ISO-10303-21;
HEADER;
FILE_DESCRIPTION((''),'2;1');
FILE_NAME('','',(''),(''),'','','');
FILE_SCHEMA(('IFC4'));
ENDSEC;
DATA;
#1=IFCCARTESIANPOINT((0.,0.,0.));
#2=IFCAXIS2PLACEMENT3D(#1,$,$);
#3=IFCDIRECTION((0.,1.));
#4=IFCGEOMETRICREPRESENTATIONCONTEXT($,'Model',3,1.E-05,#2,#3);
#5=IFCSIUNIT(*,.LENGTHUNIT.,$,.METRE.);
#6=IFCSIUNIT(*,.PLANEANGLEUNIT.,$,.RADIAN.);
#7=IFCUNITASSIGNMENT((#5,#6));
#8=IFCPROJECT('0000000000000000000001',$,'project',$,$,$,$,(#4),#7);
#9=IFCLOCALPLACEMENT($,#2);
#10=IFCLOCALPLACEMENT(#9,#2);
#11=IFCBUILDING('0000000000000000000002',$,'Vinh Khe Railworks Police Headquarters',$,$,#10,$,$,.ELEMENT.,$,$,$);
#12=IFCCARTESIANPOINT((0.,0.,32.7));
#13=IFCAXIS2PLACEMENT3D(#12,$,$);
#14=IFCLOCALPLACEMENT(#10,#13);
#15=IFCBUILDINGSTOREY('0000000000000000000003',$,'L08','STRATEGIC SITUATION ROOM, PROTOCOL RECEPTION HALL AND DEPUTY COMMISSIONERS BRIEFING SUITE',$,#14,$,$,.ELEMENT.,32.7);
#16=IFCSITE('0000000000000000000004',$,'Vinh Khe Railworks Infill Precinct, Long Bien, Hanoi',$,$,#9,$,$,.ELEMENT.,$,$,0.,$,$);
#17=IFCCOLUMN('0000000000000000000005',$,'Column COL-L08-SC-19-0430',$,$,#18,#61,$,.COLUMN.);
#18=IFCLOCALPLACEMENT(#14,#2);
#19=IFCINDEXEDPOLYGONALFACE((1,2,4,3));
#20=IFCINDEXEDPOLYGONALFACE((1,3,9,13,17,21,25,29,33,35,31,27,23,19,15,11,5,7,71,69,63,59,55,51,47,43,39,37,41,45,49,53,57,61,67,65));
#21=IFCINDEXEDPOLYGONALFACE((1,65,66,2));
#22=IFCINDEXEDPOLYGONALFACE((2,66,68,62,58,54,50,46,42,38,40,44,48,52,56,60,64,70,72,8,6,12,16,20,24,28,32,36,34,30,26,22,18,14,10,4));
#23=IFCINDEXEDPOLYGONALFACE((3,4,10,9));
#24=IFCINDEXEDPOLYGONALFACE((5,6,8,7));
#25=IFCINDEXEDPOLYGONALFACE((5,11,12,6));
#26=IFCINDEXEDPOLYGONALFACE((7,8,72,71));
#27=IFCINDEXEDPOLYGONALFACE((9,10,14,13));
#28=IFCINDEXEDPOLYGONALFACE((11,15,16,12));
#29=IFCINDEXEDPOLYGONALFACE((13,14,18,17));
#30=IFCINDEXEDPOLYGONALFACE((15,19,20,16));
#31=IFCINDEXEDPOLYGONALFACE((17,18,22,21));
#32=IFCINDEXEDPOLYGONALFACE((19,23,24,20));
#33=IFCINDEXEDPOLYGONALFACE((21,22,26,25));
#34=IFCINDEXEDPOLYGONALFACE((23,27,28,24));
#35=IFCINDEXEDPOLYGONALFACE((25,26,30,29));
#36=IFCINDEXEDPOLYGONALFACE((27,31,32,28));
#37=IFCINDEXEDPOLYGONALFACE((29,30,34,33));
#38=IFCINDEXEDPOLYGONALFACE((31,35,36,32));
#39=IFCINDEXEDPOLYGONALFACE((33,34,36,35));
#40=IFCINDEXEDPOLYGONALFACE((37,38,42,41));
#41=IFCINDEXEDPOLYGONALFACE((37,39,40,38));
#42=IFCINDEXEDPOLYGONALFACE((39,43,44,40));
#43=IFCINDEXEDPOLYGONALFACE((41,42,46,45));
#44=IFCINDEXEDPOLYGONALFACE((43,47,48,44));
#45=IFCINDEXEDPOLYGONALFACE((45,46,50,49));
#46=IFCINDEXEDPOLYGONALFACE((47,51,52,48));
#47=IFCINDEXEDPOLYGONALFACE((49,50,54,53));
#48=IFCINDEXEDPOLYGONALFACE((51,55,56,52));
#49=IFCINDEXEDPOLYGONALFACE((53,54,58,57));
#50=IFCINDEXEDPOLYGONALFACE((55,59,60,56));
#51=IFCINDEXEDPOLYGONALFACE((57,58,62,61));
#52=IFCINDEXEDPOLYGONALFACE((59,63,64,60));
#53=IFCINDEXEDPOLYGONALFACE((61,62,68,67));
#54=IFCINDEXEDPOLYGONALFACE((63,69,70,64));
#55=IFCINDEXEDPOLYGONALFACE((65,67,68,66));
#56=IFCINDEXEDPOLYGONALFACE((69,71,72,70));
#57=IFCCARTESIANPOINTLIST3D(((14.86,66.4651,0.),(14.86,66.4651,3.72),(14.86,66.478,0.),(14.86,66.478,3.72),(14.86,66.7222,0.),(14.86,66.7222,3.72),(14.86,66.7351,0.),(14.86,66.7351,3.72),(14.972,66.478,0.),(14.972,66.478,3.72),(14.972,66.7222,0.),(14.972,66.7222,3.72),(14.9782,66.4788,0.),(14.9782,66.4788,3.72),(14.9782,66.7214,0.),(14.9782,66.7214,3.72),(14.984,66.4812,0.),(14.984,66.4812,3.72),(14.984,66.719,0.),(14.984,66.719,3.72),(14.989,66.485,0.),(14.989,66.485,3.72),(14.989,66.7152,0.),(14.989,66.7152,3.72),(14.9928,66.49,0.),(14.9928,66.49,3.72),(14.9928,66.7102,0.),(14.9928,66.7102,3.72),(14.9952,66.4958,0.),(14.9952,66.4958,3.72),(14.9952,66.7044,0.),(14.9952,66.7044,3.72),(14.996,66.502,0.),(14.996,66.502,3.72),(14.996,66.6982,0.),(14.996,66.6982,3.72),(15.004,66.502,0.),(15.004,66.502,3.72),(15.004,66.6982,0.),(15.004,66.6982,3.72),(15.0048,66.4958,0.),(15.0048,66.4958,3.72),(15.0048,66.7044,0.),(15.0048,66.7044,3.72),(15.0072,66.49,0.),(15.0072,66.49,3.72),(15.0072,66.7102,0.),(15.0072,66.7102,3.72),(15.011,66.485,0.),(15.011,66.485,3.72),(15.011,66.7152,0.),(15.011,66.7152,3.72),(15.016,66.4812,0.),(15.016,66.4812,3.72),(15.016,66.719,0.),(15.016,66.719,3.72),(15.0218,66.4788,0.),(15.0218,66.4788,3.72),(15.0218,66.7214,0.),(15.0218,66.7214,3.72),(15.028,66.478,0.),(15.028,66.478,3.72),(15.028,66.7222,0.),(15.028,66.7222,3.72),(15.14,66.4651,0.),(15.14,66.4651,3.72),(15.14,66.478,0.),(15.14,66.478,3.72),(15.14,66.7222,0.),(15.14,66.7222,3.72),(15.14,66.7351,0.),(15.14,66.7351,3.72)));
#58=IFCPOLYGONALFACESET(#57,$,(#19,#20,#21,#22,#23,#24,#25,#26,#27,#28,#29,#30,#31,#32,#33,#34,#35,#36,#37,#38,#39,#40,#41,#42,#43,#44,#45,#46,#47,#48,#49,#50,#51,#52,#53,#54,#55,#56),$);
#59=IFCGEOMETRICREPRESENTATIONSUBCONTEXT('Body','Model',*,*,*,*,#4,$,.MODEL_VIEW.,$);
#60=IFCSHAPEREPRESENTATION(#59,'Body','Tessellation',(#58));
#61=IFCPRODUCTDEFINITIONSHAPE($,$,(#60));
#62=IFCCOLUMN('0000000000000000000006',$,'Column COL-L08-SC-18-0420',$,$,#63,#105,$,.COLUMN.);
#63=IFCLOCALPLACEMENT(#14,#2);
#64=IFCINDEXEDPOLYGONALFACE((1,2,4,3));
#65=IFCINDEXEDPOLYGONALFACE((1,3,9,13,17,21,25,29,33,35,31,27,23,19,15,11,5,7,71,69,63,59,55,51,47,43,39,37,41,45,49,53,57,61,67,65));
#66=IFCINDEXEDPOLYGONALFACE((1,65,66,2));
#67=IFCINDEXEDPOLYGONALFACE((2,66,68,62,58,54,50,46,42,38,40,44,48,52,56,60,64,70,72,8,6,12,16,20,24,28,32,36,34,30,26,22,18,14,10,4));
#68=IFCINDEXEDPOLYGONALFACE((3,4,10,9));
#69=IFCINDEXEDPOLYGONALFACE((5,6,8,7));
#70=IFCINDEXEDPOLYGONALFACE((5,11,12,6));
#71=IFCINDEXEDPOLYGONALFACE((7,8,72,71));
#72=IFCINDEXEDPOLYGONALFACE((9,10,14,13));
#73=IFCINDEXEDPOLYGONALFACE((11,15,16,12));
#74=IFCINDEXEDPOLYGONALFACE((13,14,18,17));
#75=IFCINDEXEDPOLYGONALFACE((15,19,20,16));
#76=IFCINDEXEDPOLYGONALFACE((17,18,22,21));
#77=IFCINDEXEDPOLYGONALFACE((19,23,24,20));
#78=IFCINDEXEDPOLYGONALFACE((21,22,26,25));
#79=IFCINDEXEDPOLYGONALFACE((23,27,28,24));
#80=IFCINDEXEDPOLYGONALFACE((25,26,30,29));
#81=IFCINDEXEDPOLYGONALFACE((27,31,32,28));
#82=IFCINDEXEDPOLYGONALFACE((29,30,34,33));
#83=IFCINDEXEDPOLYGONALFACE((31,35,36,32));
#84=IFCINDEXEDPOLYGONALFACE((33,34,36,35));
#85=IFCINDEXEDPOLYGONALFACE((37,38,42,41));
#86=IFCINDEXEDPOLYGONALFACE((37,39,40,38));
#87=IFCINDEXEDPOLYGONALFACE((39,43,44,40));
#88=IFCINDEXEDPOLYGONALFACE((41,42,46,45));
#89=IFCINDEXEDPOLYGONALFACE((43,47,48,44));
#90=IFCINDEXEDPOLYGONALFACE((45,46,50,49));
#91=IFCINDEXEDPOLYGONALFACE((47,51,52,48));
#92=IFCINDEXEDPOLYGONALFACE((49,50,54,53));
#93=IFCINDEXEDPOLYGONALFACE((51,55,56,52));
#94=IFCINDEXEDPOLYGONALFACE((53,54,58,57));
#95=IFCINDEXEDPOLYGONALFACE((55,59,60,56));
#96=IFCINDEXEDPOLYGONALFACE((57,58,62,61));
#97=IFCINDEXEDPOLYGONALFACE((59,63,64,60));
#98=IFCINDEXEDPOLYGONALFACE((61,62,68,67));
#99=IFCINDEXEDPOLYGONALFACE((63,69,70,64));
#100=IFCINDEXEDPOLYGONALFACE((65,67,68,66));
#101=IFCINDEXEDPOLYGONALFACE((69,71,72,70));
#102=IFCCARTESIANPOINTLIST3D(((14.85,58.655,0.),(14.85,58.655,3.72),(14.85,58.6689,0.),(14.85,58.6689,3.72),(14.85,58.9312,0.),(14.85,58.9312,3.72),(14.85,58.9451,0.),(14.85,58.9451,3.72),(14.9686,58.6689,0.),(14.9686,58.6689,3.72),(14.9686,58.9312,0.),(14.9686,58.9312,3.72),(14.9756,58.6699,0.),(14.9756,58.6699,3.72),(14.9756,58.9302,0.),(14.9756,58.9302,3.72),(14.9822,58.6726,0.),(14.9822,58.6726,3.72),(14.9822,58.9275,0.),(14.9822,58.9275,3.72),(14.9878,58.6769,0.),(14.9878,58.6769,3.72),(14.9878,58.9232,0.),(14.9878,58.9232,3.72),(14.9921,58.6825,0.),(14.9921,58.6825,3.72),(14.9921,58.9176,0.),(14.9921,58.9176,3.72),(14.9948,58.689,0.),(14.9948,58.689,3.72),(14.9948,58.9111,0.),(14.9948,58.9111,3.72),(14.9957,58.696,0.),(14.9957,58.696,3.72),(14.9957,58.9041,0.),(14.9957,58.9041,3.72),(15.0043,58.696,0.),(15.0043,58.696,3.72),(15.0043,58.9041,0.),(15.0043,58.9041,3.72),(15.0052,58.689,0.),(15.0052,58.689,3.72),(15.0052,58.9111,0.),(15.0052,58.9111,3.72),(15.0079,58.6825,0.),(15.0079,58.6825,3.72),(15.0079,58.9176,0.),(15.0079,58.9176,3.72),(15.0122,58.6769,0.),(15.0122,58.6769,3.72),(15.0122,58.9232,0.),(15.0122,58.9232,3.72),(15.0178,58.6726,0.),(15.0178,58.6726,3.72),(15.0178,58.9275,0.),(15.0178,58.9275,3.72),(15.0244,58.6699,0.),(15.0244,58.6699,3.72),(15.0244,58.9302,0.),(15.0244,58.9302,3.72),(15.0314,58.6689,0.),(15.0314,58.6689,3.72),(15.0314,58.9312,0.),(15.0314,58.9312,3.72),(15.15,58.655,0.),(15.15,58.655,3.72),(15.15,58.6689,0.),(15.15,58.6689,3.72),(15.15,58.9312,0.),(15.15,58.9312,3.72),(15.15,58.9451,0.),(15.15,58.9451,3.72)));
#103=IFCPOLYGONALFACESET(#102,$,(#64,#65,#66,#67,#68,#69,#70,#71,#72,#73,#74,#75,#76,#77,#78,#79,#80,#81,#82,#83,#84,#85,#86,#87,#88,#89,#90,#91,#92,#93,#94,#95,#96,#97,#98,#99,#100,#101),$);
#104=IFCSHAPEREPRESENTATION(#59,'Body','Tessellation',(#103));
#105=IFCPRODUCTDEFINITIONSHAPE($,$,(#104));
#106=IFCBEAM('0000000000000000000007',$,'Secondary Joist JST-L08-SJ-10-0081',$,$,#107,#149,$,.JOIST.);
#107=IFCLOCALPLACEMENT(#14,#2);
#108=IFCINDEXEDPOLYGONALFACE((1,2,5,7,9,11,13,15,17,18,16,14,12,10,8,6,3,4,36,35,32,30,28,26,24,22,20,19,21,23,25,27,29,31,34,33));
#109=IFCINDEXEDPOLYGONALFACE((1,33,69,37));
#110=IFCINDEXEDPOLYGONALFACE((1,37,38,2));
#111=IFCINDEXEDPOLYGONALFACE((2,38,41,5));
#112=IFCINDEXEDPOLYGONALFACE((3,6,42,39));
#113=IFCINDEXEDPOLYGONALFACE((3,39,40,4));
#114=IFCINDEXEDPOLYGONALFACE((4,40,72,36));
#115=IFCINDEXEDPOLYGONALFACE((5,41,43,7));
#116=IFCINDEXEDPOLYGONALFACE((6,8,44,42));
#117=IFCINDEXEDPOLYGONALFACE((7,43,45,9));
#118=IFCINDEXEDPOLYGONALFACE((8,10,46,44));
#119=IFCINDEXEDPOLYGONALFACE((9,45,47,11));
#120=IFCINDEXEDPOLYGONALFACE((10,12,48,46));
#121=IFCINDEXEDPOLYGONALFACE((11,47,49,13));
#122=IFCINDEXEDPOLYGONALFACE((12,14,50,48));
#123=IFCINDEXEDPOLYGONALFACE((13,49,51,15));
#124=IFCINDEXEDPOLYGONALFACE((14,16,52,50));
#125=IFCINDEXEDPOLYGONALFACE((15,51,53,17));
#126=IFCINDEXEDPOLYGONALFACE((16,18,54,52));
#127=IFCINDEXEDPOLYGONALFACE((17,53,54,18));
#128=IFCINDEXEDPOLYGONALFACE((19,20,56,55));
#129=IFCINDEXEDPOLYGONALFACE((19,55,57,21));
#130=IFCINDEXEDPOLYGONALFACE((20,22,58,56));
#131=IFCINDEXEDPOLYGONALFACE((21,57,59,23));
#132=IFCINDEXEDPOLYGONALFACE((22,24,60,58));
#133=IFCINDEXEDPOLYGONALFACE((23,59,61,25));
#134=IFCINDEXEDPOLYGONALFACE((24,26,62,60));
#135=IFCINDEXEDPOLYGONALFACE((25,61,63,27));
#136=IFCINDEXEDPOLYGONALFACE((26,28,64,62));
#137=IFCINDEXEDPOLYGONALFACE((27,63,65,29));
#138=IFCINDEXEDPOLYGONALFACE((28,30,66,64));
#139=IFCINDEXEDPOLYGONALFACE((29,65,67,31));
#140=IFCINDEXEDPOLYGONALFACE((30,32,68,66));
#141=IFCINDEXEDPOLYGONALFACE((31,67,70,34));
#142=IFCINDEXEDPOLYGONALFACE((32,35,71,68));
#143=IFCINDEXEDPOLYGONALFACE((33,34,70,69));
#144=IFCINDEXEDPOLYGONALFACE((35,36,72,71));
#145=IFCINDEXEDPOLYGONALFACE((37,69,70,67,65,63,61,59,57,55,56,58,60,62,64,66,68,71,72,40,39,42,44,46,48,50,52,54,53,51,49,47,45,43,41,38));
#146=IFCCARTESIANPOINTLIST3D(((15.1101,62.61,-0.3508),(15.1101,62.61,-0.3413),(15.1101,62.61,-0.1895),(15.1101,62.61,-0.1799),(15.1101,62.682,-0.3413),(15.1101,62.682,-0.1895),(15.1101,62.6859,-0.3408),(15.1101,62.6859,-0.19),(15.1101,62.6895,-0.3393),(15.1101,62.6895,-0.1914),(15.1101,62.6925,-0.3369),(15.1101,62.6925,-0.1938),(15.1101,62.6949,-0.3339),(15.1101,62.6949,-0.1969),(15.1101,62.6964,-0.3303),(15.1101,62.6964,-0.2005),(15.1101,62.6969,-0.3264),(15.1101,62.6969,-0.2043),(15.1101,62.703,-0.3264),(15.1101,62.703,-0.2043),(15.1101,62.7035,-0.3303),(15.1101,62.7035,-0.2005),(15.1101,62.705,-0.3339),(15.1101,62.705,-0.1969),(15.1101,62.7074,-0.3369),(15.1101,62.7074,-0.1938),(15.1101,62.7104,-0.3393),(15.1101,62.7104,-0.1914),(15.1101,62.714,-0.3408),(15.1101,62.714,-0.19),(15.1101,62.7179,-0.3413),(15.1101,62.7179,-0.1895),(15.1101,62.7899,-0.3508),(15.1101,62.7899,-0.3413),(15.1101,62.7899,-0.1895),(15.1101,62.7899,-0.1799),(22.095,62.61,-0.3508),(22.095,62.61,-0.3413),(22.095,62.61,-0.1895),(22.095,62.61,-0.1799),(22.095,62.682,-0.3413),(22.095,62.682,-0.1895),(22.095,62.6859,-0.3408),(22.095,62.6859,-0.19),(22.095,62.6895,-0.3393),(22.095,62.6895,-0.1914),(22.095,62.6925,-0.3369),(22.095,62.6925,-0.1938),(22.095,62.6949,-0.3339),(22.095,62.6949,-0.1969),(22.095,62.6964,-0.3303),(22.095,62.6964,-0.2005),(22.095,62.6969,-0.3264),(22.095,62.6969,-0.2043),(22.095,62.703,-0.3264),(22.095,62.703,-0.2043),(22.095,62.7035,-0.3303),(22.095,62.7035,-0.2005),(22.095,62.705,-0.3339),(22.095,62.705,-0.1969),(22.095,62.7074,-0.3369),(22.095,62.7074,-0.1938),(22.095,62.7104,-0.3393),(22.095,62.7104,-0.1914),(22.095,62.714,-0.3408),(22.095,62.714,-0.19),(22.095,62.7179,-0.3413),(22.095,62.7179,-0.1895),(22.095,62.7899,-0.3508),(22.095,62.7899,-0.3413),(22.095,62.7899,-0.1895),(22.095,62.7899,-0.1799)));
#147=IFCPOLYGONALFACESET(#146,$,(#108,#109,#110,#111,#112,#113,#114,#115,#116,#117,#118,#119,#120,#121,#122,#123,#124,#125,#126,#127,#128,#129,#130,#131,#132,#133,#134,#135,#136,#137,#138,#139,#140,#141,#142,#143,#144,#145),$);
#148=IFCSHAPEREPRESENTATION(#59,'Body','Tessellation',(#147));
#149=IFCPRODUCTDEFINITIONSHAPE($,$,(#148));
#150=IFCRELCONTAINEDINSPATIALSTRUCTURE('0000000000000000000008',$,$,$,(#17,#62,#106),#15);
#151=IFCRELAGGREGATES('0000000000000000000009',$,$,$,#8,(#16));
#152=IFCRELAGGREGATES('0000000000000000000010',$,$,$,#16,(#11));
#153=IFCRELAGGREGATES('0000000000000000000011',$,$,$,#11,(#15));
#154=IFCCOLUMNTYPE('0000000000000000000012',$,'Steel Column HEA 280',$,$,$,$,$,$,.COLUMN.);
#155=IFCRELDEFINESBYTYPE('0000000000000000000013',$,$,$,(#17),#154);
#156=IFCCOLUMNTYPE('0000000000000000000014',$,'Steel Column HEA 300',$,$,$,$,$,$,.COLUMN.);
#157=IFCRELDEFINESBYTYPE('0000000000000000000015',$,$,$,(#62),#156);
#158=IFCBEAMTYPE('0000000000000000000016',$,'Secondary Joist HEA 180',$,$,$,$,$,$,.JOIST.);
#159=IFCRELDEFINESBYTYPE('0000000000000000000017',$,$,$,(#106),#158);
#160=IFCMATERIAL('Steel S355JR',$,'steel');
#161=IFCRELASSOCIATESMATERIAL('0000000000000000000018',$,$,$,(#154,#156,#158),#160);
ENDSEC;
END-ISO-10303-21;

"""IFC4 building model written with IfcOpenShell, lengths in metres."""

from ifc_helpers import new_model, si_unit, direction, frame, origin, origin_2d, place, context, subcontext, project, spatial, i_section, extrude, material, material_profile, profile_set, type_object, element, save


model = new_model("IFC4")

# Units and contexts
model_context = context("Model", 3, precision=1e-05, world=origin(), true_north=direction((0.0, 1.0)))
body_context = subcontext(model_context, "Body", "Model", "MODEL_VIEW")
ifc_project = project(units=[si_unit("LENGTHUNIT", "METRE"), si_unit("PLANEANGLEUNIT", "RADIAN")], contexts=[model_context])

# Site, building, storey
site_placement = place(None, origin())
site = spatial("IfcSite", under=ifc_project, at=site_placement, Name="Vinh Khe Railworks Infill Precinct, Long Bien, Hanoi", CompositionType="ELEMENT", RefElevation=0.0)
building_placement = place(site_placement, origin())
building = spatial("IfcBuilding", under=site, at=building_placement, Name="Vinh Khe Railworks Police Headquarters", CompositionType="ELEMENT")
storey_placement = place(building_placement, frame((0.0, 0.0, 32.7)))
storey = spatial("IfcBuildingStorey", under=building, at=storey_placement, Name="L08", Description="STRATEGIC SITUATION ROOM, PROTOCOL RECEPTION HALL AND DEPUTY COMMISSIONERS BRIEFING SUITE", CompositionType="ELEMENT", Elevation=32.7)

# Columns
ifc_material_1 = material(Name="Steel S355JR", Category="steel")
ifc_material_profile_1 = material_profile(ifc_material_1, i_section(OverallWidth=0.28, OverallDepth=0.27, WebThickness=0.0081, FlangeThickness=0.0129, FilletRadius=0.0239, at=origin_2d()), Name="HEA 280")
ifc_profile_set_1 = profile_set([ifc_material_profile_1], Name="Steel S355JR")
column_type_1 = type_object("IfcColumnType", Name="Steel Column HEA 280", PredefinedType="COLUMN", material=ifc_profile_set_1)
column_1_placement = place(storey_placement, frame((15.0, 66.6001, 0.0), z_axis=(0.0, 0.0, 1.0), x_axis=(1.0, 0.0, 0.0)))
element("IfcColumn", 1, at=column_1_placement, inside=storey, type_object=column_type_1, Name="Column COL-L08-SC-19-0430", PredefinedType="COLUMN", context=body_context, shape_type="SweptSolid", body=[
    extrude(i_section(OverallWidth=0.28, OverallDepth=0.27, WebThickness=0.0081, FlangeThickness=0.0129, FilletRadius=0.0239, at=origin_2d()), origin(), (0.0, 0.0, 1.0), 3.72),
])
ifc_material_profile_2 = material_profile(ifc_material_1, i_section(OverallWidth=0.3, OverallDepth=0.29, WebThickness=0.0085, FlangeThickness=0.0139, FilletRadius=0.0271, at=origin_2d()), Name="HEA 300")
ifc_profile_set_2 = profile_set([ifc_material_profile_2], Name="Steel S355JR")
column_type_2 = type_object("IfcColumnType", Name="Steel Column HEA 300", PredefinedType="COLUMN", material=ifc_profile_set_2)
column_2_placement = place(storey_placement, frame((15.0, 58.8, 0.0), z_axis=(0.0, 0.0, 1.0), x_axis=(1.0, 0.0, 0.0)))
element("IfcColumn", 2, at=column_2_placement, inside=storey, type_object=column_type_2, Name="Column COL-L08-SC-18-0420", PredefinedType="COLUMN", context=body_context, shape_type="SweptSolid", body=[
    extrude(i_section(OverallWidth=0.3, OverallDepth=0.29, WebThickness=0.0085, FlangeThickness=0.0139, FilletRadius=0.0271, at=origin_2d()), origin(), (0.0, 0.0, 1.0), 3.72),
])

# Beam
ifc_material_profile_3 = material_profile(ifc_material_1, i_section(OverallWidth=0.1799, OverallDepth=0.1709, WebThickness=0.0061, FlangeThickness=0.0095, FilletRadius=0.0149, at=origin_2d()), Name="HEA 180")
ifc_profile_set_3 = profile_set([ifc_material_profile_3], Name="Steel S355JR")
beam_type_1 = type_object("IfcBeamType", Name="Secondary Joist HEA 180", PredefinedType="JOIST", material=ifc_profile_set_3)
beam_1_placement = place(storey_placement, frame((15.1101, 62.7, -0.2654), z_axis=(1.0, 0.0, 0.0), x_axis=(0.0, 1.0, 0.0)))
element("IfcBeam", 3, at=beam_1_placement, inside=storey, type_object=beam_type_1, Name="Secondary Joist JST-L08-SJ-10-0081", PredefinedType="JOIST", context=body_context, shape_type="SweptSolid", body=[
    extrude(i_section(OverallWidth=0.1799, OverallDepth=0.1709, WebThickness=0.0061, FlangeThickness=0.0095, FilletRadius=0.0149, at=origin_2d()), origin(), (0.0, 0.0, 1.0), 6.9849),
])

save(model, "model.ifc")
